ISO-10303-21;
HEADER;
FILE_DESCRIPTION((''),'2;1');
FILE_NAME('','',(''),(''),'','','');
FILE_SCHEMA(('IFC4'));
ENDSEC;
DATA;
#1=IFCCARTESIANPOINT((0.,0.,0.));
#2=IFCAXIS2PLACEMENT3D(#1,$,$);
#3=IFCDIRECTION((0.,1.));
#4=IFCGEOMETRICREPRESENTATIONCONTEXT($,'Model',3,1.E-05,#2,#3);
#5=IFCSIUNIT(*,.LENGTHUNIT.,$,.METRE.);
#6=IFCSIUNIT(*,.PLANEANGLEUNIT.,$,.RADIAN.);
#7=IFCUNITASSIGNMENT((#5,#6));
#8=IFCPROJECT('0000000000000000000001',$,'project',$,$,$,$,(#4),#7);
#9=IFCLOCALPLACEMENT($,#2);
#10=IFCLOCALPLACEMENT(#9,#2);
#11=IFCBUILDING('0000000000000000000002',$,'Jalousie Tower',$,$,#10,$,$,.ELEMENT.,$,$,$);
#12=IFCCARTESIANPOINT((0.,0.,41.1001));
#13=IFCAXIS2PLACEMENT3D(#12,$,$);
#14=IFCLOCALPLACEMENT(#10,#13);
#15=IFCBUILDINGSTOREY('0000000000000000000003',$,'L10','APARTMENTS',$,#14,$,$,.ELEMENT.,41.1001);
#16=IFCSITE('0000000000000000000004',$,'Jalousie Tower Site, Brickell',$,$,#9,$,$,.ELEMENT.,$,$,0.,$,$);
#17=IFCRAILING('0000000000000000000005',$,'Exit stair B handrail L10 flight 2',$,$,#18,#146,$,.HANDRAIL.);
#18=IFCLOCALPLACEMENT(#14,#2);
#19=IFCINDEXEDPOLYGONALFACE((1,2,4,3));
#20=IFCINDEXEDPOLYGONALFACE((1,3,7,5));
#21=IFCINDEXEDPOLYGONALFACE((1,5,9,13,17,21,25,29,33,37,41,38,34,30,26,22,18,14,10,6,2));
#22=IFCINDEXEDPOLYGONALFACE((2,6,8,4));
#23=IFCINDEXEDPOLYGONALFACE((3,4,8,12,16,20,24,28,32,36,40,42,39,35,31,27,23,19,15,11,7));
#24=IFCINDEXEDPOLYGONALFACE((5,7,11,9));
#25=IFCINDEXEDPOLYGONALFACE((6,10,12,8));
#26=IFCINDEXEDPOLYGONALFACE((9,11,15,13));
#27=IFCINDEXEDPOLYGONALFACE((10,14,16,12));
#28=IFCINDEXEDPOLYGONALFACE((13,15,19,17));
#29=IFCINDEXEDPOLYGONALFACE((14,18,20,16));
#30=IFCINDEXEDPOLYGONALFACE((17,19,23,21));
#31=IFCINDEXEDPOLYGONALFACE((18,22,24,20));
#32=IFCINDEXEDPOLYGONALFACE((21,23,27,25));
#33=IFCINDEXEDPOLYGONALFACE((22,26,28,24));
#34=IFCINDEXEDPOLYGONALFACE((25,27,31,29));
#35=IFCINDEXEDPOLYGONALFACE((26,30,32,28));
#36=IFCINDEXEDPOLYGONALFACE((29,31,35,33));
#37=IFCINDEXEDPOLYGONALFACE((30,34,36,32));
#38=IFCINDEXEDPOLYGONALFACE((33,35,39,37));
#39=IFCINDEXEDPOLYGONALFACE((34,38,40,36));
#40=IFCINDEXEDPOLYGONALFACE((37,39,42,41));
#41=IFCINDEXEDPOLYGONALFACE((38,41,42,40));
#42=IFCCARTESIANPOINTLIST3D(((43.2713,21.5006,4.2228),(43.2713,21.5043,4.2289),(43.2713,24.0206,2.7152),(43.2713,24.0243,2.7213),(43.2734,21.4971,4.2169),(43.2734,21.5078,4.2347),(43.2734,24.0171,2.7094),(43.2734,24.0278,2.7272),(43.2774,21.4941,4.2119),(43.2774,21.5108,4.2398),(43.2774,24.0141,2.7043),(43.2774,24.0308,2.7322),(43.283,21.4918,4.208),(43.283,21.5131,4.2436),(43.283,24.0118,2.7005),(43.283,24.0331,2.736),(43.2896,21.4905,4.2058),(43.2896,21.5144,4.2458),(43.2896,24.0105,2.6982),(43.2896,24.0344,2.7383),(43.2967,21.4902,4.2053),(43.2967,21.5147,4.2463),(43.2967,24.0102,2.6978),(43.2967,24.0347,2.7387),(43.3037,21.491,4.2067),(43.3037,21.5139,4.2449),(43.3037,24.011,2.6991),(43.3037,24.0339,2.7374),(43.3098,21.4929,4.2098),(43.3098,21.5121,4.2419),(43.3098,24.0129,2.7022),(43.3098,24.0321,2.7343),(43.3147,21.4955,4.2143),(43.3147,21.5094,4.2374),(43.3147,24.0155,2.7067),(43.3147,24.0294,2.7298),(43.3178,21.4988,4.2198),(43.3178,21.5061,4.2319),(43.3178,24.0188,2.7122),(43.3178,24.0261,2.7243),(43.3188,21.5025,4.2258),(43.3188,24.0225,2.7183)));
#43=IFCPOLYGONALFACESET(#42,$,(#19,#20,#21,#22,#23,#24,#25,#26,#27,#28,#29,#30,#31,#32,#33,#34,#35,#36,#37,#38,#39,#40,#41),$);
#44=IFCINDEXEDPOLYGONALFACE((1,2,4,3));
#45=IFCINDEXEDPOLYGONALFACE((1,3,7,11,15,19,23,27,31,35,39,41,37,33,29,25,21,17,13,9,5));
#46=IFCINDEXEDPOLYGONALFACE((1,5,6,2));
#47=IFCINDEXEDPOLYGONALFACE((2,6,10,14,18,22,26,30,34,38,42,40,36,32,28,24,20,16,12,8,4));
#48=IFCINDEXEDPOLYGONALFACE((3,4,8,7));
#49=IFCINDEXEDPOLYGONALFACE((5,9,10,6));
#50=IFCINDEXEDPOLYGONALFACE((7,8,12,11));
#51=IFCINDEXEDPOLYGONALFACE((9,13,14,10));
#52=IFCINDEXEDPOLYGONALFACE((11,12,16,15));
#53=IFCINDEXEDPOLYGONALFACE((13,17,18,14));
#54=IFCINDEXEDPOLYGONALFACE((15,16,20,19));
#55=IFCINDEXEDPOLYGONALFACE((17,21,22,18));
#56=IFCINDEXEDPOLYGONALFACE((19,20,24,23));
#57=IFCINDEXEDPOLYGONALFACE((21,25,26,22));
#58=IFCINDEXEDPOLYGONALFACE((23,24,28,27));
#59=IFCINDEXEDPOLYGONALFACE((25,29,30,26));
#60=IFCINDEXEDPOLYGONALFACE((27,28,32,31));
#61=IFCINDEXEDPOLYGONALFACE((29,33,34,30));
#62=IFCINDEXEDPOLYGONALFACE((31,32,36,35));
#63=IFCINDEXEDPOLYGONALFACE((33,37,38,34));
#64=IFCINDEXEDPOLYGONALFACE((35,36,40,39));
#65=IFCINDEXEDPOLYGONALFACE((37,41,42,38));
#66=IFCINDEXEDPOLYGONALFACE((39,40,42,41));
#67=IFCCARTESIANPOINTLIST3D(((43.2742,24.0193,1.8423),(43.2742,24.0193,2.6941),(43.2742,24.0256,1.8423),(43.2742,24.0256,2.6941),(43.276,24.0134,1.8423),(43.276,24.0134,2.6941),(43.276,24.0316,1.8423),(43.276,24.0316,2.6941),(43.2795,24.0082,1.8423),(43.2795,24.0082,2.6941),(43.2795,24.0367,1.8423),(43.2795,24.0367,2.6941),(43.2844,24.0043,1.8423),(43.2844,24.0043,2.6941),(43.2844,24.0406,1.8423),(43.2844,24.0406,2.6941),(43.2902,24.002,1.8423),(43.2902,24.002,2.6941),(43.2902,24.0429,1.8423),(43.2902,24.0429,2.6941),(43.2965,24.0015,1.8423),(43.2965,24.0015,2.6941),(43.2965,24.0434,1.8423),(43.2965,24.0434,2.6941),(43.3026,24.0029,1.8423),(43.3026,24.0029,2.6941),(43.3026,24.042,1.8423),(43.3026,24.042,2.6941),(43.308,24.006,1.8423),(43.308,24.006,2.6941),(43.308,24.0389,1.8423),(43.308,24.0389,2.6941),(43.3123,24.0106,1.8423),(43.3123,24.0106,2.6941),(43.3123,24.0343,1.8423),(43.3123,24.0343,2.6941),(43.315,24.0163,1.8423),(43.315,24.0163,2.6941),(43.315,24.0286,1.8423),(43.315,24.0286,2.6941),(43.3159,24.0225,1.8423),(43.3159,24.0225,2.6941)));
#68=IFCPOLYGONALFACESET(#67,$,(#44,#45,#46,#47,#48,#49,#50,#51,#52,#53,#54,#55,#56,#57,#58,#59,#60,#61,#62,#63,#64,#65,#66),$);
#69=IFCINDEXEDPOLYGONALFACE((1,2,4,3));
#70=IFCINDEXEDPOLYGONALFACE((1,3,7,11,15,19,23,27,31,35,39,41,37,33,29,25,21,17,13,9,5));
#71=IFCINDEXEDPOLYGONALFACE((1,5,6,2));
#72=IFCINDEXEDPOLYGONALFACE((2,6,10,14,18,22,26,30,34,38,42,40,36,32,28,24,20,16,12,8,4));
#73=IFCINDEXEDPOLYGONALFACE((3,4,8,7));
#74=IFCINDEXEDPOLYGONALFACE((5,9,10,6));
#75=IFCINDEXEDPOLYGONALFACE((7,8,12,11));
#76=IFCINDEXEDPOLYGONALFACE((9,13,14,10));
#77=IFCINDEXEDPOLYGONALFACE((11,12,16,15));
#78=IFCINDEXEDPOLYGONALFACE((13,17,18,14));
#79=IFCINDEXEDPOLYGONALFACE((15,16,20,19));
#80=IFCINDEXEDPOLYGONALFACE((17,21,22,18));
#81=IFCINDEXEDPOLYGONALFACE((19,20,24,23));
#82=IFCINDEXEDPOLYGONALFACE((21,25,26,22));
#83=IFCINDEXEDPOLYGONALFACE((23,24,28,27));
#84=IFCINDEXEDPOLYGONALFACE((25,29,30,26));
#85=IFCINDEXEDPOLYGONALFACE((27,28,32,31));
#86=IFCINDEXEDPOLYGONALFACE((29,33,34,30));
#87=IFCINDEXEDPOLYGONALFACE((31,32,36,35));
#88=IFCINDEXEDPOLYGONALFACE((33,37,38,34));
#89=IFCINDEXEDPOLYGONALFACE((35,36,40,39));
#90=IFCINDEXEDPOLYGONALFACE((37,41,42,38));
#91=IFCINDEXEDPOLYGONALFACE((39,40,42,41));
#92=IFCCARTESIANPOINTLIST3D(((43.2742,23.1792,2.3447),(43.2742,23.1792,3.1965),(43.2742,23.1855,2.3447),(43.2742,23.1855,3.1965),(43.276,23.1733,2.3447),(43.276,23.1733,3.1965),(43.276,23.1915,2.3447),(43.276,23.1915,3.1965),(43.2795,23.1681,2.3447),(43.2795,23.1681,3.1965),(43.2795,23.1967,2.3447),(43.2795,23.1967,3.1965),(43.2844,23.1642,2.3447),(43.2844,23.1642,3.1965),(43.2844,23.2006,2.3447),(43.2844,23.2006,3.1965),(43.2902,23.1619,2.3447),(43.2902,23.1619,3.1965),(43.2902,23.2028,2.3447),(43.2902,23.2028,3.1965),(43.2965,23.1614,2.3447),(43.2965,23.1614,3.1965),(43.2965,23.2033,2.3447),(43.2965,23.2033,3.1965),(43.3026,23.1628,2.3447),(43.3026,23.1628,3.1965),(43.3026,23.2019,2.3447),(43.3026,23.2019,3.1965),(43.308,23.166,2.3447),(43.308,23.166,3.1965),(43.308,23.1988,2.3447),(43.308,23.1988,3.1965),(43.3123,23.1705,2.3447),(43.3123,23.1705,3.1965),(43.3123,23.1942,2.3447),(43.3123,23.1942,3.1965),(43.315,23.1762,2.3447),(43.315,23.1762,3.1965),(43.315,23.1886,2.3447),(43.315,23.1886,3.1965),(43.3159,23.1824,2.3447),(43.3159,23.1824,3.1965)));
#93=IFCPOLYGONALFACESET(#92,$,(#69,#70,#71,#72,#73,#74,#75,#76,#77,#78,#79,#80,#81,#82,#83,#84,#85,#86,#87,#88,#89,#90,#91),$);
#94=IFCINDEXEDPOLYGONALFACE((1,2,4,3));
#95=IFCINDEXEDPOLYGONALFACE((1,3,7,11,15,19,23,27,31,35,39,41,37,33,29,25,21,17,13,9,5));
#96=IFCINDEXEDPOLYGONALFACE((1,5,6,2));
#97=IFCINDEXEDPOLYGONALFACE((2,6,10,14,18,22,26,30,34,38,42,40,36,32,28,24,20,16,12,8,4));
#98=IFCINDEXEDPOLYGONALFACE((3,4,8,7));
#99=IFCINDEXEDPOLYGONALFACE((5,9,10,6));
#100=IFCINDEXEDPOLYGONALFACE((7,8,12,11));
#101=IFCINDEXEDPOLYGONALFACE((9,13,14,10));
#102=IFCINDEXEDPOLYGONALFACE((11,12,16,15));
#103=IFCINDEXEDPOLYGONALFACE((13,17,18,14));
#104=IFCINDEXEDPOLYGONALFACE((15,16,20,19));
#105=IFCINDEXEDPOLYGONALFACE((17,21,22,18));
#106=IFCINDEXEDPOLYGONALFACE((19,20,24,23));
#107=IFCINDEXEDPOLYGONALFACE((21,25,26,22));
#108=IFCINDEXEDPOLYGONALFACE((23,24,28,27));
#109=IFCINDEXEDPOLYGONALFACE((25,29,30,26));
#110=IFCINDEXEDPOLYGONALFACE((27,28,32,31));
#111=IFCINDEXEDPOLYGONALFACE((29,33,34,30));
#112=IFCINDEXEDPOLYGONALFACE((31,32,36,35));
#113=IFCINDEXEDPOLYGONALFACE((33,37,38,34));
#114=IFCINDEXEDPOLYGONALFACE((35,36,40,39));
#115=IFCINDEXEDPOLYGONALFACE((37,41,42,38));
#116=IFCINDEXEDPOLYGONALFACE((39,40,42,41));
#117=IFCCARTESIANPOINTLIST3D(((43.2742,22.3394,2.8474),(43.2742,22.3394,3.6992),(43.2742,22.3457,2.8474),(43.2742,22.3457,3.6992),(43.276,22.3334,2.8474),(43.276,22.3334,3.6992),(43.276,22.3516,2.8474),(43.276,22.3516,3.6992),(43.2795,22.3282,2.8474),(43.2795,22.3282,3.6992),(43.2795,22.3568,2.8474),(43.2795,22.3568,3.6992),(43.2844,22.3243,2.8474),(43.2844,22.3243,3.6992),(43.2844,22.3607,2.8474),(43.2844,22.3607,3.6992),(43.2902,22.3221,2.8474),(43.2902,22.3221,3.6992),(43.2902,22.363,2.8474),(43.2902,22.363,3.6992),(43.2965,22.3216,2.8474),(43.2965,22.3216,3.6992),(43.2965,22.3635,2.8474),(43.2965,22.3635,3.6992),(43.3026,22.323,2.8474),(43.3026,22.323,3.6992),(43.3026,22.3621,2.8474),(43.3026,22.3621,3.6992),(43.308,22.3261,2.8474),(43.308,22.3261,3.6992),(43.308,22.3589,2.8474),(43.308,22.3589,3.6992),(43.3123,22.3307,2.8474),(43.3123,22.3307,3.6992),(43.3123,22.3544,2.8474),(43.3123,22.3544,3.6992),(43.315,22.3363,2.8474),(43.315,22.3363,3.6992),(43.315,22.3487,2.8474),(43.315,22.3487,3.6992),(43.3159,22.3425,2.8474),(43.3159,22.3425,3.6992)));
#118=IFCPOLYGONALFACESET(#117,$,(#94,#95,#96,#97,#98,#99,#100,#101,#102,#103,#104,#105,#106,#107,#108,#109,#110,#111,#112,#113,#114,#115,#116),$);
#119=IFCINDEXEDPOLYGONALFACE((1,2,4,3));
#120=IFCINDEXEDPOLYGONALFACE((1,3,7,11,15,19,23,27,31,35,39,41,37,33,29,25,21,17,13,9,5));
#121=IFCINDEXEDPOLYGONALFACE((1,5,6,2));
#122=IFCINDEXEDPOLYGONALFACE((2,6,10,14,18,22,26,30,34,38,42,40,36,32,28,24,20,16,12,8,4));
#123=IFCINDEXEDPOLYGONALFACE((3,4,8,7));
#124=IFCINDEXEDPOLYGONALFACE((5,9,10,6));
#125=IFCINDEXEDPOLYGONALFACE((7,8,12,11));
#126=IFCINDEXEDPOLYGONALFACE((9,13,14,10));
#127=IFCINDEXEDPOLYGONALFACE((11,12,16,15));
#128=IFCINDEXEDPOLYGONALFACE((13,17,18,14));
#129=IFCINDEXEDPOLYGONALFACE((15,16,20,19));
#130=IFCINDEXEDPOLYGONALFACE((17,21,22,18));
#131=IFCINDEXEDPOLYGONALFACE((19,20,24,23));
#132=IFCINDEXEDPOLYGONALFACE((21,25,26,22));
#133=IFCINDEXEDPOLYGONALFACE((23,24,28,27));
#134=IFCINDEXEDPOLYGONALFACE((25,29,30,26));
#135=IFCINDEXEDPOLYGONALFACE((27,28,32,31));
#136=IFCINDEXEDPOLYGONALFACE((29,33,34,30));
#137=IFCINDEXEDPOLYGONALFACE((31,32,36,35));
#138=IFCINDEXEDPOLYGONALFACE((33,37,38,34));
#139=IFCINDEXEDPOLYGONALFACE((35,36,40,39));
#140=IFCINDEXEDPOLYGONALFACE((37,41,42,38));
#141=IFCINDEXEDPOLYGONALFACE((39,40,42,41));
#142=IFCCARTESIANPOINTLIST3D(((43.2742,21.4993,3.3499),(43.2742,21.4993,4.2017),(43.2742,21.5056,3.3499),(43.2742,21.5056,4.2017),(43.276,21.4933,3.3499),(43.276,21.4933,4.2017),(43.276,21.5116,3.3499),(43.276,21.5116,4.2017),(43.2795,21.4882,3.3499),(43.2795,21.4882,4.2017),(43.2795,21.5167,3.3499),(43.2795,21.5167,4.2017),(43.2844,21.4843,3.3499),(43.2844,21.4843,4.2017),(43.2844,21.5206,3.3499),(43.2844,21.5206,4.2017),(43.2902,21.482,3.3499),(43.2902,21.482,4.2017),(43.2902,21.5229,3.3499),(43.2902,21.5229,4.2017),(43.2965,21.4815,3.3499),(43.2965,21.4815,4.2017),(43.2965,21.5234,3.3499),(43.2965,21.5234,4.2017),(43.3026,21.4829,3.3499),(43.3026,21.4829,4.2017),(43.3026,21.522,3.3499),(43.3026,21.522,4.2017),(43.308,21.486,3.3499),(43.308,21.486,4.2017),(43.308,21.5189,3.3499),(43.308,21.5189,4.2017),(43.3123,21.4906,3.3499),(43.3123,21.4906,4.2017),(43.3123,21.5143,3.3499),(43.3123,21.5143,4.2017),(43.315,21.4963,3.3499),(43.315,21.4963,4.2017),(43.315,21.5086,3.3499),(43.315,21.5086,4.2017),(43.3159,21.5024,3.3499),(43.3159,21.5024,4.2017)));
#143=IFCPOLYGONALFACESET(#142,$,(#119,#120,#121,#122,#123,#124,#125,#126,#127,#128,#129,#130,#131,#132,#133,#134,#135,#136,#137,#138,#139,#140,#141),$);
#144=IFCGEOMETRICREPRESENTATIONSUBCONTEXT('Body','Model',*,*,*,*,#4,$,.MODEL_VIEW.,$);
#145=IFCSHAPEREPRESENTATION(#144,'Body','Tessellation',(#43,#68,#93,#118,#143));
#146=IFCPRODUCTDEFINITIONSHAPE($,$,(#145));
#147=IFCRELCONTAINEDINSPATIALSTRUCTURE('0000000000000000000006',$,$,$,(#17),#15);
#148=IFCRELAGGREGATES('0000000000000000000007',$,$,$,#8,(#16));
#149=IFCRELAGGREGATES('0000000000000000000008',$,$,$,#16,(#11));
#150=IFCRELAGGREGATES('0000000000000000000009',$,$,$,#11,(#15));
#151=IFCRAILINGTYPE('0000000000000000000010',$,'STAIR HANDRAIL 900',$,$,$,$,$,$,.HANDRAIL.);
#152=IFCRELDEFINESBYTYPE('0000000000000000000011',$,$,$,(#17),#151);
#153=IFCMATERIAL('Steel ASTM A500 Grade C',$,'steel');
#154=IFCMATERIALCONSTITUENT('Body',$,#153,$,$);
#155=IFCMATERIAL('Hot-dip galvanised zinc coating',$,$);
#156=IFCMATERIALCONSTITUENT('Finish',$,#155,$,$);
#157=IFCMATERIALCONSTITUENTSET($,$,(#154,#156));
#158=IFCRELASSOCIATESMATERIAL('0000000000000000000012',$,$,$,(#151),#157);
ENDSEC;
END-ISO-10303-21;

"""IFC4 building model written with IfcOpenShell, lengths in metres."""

from ifc_helpers import new_model, si_unit, direction, frame, origin, origin_2d, place, context, subcontext, project, spatial, circle, extrude, material, constituent, constituent_set, type_object, element, save


model = new_model("IFC4")

# Units and contexts
model_context = context("Model", 3, precision=1e-05, world=origin(), true_north=direction((0.0, 1.0)))
body_context = subcontext(model_context, "Body", "Model", "MODEL_VIEW")
ifc_project = project(units=[si_unit("LENGTHUNIT", "METRE"), si_unit("PLANEANGLEUNIT", "RADIAN")], contexts=[model_context])

# Site, building, storey
site_placement = place(None, origin())
site = spatial("IfcSite", under=ifc_project, at=site_placement, Name="Jalousie Tower Site, Brickell", CompositionType="ELEMENT", RefElevation=0.0)
building_placement = place(site_placement, origin())
building = spatial("IfcBuilding", under=site, at=building_placement, Name="Jalousie Tower", CompositionType="ELEMENT")
storey_placement = place(building_placement, frame((0.0, 0.0, 41.1001)))
storey = spatial("IfcBuildingStorey", under=building, at=storey_placement, Name="L10", Description="APARTMENTS", CompositionType="ELEMENT", Elevation=41.1001)

# Railing
ifc_material_1 = material(Name="Steel ASTM A500 Grade C", Category="steel")
ifc_constituent_1 = constituent(ifc_material_1, Name="Body")
ifc_material_2 = material(Name="Hot-dip galvanised zinc coating")
ifc_constituent_2 = constituent(ifc_material_2, Name="Finish")
ifc_constituent_set_1 = constituent_set(constituents=[ifc_constituent_1, ifc_constituent_2])
railing_type_1 = type_object("IfcRailingType", Name="STAIR HANDRAIL 900", PredefinedType="HANDRAIL", material=ifc_constituent_set_1)
railing_1_placement = place(storey_placement, frame((43.2949, 24.0225, 1.8423)))
element("IfcRailing", 1, at=railing_1_placement, inside=storey, type_object=railing_type_1, Name="Exit stair B handrail L10 flight 2", PredefinedType="HANDRAIL", context=body_context, shape_type="SweptSolid", body=[
    extrude(circle(Radius=0.0239, at=origin_2d()), frame((0.0, 0.0, 0.876), z_axis=(0.0, -0.85816, 0.513383), x_axis=(1.0, 0.0, 0.0)), (0.0, 0.0, 1.0), 2.9365),
    extrude(circle(Radius=0.021, at=origin_2d()), origin(), (0.0, 0.0, 1.0), 0.8518),
    extrude(circle(Radius=0.021, at=origin_2d()), frame((0.0, -0.8401, 0.5024)), (0.0, 0.0, 1.0), 0.8518),
    extrude(circle(Radius=0.021, at=origin_2d()), frame((0.0, -1.6799, 1.0051)), (0.0, 0.0, 1.0), 0.8518),
    extrude(circle(Radius=0.021, at=origin_2d()), frame((0.0, -2.52, 1.5076)), (0.0, 0.0, 1.0), 0.8518),
])

save(model, "model.ifc")
